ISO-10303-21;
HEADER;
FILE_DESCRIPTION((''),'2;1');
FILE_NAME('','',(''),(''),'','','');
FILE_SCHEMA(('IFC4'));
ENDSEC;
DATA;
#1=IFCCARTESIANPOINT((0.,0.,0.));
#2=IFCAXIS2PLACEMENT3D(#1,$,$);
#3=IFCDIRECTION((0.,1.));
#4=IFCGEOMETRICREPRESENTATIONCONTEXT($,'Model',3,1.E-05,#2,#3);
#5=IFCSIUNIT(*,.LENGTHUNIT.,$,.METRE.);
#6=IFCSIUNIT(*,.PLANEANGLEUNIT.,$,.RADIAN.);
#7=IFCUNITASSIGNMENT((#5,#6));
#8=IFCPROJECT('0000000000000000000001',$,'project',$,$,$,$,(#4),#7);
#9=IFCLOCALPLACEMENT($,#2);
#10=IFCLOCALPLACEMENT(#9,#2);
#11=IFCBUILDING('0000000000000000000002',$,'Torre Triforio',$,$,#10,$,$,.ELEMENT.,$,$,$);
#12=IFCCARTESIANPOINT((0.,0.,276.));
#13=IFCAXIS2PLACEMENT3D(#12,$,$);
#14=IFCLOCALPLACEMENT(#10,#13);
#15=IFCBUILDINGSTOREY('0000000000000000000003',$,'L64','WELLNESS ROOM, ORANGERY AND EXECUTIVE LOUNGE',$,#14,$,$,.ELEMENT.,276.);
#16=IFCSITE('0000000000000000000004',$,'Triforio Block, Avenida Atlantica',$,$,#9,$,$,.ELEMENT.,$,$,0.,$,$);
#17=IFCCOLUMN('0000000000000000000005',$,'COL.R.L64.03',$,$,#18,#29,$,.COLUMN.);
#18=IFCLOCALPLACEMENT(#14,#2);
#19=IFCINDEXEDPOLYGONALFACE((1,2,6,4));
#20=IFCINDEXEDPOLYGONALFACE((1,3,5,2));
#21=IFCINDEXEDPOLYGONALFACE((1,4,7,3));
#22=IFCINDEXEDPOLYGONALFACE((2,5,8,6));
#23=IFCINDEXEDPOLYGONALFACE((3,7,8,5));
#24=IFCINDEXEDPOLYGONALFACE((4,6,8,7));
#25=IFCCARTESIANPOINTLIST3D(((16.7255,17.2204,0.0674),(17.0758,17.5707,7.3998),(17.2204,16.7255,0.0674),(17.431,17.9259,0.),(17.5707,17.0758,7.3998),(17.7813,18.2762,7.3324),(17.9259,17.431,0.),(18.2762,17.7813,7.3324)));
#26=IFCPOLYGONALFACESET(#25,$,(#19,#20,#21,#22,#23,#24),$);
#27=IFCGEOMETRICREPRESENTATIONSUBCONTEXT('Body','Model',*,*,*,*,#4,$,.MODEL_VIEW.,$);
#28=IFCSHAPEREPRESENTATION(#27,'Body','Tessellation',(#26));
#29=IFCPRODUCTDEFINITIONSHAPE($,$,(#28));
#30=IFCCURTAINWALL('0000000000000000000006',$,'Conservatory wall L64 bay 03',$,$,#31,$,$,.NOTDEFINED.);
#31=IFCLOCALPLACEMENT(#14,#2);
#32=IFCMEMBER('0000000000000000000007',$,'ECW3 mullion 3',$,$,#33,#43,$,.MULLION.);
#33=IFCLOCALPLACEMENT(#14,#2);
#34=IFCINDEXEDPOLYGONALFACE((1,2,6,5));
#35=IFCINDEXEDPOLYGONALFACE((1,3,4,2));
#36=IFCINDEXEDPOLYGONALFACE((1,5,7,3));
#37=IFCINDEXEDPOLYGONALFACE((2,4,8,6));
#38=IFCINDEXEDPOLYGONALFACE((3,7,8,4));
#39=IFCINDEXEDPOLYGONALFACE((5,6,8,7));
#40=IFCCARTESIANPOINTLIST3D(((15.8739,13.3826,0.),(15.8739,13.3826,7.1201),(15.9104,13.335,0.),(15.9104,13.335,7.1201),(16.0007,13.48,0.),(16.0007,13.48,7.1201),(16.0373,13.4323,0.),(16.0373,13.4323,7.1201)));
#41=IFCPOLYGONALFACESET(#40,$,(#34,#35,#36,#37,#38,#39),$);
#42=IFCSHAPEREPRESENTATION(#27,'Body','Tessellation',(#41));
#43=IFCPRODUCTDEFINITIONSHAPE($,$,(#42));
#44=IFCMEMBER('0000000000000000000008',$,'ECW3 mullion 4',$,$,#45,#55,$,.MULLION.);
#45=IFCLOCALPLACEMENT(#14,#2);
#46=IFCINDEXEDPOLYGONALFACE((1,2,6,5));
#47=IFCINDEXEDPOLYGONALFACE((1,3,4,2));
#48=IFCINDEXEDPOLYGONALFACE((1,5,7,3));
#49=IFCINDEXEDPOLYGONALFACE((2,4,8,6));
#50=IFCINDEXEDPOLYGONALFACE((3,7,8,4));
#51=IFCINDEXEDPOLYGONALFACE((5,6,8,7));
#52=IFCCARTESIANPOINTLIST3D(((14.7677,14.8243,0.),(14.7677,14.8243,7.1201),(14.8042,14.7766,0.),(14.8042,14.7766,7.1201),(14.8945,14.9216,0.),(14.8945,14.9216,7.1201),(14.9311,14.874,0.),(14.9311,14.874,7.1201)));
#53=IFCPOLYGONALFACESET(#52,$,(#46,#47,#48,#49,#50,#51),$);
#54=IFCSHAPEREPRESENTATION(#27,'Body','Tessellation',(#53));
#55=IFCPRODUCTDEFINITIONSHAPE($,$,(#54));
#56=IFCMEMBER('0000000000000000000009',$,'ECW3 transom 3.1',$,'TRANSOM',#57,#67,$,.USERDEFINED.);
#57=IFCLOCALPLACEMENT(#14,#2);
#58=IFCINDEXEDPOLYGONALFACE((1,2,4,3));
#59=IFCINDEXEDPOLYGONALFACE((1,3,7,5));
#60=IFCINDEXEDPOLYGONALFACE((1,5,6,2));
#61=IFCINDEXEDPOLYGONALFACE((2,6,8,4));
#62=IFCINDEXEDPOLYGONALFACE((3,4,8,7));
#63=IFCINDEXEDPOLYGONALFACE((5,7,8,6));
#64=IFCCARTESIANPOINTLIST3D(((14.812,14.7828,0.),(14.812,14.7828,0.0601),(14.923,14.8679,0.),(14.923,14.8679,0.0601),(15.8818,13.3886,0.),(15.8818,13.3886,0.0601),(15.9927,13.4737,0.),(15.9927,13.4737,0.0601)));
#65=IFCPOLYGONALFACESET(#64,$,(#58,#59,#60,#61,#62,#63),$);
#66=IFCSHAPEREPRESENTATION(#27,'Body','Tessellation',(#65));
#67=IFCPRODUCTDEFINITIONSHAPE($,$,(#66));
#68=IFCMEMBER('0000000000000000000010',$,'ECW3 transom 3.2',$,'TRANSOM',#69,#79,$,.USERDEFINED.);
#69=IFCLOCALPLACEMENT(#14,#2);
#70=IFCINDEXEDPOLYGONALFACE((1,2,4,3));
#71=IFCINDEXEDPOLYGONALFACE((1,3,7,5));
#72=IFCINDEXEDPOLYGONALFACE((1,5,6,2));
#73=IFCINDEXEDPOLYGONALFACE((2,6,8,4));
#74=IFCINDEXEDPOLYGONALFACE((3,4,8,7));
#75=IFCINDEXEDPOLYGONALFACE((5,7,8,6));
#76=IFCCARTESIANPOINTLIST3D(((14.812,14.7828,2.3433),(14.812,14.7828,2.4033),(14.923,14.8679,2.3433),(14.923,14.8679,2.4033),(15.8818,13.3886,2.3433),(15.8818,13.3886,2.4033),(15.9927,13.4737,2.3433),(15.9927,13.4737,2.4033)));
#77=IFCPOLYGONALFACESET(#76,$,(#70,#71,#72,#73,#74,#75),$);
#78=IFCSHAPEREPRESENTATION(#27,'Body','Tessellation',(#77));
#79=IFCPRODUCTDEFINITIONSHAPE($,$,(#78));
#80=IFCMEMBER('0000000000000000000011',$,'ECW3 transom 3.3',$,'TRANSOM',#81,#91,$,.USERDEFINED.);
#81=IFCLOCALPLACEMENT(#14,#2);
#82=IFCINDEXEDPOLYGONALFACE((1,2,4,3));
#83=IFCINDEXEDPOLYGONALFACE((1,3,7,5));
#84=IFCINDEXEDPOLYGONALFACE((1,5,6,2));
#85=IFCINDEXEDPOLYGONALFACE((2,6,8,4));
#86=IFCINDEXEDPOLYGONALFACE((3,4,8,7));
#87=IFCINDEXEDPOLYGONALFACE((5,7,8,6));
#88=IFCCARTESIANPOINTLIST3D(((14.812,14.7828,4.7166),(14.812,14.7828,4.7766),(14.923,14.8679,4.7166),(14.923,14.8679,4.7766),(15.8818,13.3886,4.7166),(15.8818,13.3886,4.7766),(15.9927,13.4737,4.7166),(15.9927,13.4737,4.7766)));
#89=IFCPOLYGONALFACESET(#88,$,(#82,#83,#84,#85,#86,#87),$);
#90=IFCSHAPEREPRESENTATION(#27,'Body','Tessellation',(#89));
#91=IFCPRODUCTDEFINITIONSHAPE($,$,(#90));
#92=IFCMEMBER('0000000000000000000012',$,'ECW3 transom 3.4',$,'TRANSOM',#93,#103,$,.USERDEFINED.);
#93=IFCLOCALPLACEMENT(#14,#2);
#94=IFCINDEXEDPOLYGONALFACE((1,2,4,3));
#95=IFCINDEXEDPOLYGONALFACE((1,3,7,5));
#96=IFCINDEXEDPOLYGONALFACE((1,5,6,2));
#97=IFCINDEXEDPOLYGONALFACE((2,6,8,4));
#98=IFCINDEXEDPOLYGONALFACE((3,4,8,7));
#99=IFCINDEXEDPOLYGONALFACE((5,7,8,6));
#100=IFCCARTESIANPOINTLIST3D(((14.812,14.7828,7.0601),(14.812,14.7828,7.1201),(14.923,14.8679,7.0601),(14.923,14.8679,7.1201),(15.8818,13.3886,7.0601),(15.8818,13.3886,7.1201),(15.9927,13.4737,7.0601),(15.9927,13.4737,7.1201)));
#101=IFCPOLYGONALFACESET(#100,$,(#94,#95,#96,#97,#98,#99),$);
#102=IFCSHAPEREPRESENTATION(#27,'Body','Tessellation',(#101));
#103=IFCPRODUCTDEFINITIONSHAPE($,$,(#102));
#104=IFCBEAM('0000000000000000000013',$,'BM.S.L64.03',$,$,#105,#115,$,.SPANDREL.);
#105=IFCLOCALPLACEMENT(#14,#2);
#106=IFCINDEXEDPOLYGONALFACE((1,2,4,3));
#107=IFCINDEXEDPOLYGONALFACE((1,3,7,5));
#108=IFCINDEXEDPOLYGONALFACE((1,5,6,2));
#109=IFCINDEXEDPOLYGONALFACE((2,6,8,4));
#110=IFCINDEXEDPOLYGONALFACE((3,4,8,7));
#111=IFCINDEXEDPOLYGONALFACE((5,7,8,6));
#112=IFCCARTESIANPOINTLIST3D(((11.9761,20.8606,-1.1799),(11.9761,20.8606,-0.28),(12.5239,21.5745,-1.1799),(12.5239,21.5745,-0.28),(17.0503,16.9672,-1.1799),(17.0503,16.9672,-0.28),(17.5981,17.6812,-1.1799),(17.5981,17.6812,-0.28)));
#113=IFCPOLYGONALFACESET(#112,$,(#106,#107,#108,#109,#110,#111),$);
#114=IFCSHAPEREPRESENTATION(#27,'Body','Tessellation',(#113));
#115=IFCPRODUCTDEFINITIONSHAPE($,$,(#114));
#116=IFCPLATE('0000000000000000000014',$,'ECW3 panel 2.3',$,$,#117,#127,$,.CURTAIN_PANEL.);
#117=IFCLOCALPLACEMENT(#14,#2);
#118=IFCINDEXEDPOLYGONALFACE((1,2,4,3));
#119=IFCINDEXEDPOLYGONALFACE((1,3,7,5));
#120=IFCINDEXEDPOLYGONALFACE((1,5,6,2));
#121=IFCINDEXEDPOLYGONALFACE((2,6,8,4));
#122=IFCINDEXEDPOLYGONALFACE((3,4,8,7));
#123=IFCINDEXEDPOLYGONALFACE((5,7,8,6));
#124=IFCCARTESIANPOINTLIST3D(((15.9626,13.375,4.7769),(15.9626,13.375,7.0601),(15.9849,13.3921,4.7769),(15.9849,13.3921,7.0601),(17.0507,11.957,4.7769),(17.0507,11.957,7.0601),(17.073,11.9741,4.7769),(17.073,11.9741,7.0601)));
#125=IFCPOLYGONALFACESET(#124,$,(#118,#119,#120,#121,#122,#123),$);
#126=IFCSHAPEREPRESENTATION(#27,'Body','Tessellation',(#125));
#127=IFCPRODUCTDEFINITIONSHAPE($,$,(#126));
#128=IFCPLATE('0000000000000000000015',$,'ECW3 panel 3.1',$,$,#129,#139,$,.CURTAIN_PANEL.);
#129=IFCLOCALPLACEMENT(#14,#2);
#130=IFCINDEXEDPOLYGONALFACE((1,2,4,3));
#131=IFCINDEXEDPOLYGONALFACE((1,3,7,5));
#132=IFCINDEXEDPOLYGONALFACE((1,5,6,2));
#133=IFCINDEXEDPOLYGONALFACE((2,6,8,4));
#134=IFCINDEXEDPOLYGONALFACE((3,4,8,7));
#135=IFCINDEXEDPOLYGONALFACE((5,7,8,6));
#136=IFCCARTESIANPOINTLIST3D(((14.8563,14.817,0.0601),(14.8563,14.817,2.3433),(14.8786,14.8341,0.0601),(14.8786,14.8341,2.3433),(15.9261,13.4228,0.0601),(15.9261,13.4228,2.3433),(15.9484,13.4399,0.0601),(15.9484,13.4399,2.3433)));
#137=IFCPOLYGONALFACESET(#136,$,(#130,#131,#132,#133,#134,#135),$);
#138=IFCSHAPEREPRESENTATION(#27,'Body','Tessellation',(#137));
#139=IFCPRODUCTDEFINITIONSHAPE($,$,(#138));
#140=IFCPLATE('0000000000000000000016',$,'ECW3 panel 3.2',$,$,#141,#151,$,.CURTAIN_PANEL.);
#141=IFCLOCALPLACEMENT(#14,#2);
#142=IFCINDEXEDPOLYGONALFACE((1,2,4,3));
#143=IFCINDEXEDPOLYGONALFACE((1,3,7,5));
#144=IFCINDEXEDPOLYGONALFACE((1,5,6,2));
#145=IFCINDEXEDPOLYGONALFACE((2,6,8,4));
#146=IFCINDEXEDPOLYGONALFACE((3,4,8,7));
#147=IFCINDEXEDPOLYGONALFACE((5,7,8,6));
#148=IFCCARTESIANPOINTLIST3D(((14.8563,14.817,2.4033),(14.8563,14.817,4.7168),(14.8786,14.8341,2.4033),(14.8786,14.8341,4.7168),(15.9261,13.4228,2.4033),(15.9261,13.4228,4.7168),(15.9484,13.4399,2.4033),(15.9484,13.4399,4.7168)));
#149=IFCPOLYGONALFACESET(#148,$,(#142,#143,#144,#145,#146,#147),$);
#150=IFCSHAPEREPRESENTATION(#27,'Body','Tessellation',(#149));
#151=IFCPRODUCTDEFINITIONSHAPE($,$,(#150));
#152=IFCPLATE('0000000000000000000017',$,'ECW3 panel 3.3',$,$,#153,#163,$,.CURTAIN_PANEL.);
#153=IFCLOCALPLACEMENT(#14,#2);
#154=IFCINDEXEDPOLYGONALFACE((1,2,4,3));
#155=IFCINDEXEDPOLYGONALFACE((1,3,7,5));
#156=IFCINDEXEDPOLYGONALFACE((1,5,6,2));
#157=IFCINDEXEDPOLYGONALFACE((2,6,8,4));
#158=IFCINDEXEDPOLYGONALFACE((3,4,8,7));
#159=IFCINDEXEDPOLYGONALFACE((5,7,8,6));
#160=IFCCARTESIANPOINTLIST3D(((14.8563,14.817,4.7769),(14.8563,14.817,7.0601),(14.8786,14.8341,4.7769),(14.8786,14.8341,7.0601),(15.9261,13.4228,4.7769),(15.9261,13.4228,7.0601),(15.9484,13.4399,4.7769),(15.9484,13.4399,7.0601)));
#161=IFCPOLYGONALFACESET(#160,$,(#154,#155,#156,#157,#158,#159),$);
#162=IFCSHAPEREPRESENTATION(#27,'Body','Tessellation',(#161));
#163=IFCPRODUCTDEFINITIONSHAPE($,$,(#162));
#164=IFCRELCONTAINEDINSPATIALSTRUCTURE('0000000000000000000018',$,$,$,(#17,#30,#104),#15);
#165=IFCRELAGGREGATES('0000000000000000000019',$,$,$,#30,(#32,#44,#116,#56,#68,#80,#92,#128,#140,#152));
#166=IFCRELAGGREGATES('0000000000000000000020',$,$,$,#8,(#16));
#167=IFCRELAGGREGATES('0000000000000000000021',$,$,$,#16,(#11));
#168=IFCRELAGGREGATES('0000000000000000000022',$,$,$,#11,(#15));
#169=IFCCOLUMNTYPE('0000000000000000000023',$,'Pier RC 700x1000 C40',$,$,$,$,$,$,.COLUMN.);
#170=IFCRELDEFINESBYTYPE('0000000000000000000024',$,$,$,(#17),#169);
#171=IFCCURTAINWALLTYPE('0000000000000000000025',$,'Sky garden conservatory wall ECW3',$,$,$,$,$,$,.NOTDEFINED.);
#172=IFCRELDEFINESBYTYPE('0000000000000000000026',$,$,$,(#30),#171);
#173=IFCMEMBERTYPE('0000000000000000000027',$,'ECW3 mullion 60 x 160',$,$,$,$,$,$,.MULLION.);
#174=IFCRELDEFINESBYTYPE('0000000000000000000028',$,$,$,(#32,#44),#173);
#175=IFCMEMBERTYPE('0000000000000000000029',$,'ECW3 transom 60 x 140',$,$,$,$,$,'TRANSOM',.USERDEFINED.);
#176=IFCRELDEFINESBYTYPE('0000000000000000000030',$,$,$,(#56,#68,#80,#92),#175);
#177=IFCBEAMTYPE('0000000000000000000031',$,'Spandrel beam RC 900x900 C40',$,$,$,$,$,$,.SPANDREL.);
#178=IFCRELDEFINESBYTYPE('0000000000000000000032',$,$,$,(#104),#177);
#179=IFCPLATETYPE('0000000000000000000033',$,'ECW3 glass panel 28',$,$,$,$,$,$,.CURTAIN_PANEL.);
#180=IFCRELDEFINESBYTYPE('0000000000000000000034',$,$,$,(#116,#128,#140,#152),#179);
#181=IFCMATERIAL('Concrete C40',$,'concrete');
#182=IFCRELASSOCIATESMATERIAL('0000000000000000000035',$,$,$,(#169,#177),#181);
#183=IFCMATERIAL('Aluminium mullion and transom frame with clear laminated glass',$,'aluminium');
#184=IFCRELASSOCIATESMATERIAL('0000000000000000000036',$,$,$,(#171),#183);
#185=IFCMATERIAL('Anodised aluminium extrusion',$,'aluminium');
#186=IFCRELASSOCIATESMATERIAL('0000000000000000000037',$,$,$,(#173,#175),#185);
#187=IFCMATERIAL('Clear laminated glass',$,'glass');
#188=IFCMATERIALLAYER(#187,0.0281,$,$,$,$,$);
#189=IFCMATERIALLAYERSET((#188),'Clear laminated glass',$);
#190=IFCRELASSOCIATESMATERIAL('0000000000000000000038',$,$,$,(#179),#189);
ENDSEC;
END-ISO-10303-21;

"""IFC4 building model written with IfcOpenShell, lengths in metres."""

from ifc_helpers import new_model, si_unit, direction, frame, origin, origin_2d, place, context, subcontext, project, spatial, rectangle, extrude, material, layer, layer_set, material_profile, profile_set, type_object, element, aggregate, save


model = new_model("IFC4")

# Units and contexts
model_context = context("Model", 3, precision=1e-05, world=origin(), true_north=direction((0.0, 1.0)))
body_context = subcontext(model_context, "Body", "Model", "MODEL_VIEW")
ifc_project = project(units=[si_unit("LENGTHUNIT", "METRE"), si_unit("PLANEANGLEUNIT", "RADIAN")], contexts=[model_context])

# Site, building, storey
site_placement = place(None, origin())
site = spatial("IfcSite", under=ifc_project, at=site_placement, Name="Triforio Block, Avenida Atlantica", CompositionType="ELEMENT", RefElevation=0.0)
building_placement = place(site_placement, origin())
building = spatial("IfcBuilding", under=site, at=building_placement, Name="Torre Triforio", CompositionType="ELEMENT")
storey_placement = place(building_placement, frame((0.0, 0.0, 276.0)))
storey = spatial("IfcBuildingStorey", under=building, at=storey_placement, Name="L64", Description="WELLNESS ROOM, ORANGERY AND EXECUTIVE LOUNGE", CompositionType="ELEMENT", Elevation=276.0)

# Column
ifc_material_1 = material(Name="Concrete C40", Category="concrete")
ifc_material_profile_1 = material_profile(ifc_material_1, rectangle(XDim=0.7, YDim=1.0, at=origin_2d()), Name="RC 700x1000")
ifc_profile_set_1 = profile_set([ifc_material_profile_1], Name="Concrete C40")
column_type = type_object("IfcColumnType", Name="Pier RC 700x1000 C40", PredefinedType="COLUMN", material=ifc_profile_set_1)
column_placement = place(storey_placement, frame((17.3257, 17.3257, 0.0337), z_axis=(0.04767, 0.04767, 0.997725), x_axis=(-0.707107, 0.707107, 0.0)))
element("IfcColumn", 1, at=column_placement, inside=storey, type_object=column_type, Name="COL.R.L64.03", PredefinedType="COLUMN", context=body_context, shape_type="SweptSolid", body=[
    extrude(rectangle(XDim=0.7, YDim=1.0, at=origin_2d()), origin(), (0.0, 0.0, 1.0), 7.3491),
])

# Curtain wall, members
ifc_material_2 = material(Name="Aluminium mullion and transom frame with clear laminated glass", Category="aluminium")
curtain_wall_type = type_object("IfcCurtainWallType", Name="Sky garden conservatory wall ECW3", PredefinedType="NOTDEFINED", material=ifc_material_2)
curtain_wall_placement = place(storey_placement, origin())
curtain_wall = element("IfcCurtainWall", 2, at=curtain_wall_placement, inside=storey, type_object=curtain_wall_type, Name="Conservatory wall L64 bay 03", PredefinedType="NOTDEFINED")
ifc_material_3 = material(Name="Anodised aluminium extrusion", Category="aluminium")
ifc_material_profile_2 = material_profile(ifc_material_3, rectangle(XDim=0.1599, YDim=0.0601, at=origin_2d()), Name="ECW3 MULLION 60x160")
ifc_profile_set_2 = profile_set([ifc_material_profile_2], Name="Anodised aluminium extrusion")
member_type_1 = type_object("IfcMemberType", Name="ECW3 mullion 60 x 160", PredefinedType="MULLION", material=ifc_profile_set_2)
member_1_placement = place(storey_placement, frame((15.9556, 13.4075, 0.0), z_axis=(0.0, 0.0, 1.0), x_axis=(-0.793352, -0.608763, 0.0)))
member_1 = element("IfcMember", 3, at=member_1_placement, type_object=member_type_1, Name="ECW3 mullion 3", PredefinedType="MULLION", context=body_context, shape_type="SweptSolid", body=[
    extrude(rectangle(XDim=0.1599, YDim=0.0601, at=origin_2d()), origin(), (0.0, 0.0, 1.0), 7.1201),
])
member_2_placement = place(storey_placement, frame((14.8494, 14.8491, 0.0), z_axis=(0.0, 0.0, 1.0), x_axis=(-0.793352, -0.608763, 0.0)))
member_2 = element("IfcMember", 4, at=member_2_placement, type_object=member_type_1, Name="ECW3 mullion 4", PredefinedType="MULLION", context=body_context, shape_type="SweptSolid", body=[
    extrude(rectangle(XDim=0.1599, YDim=0.0601, at=origin_2d()), origin(), (0.0, 0.0, 1.0), 7.1201),
])
ifc_material_profile_3 = material_profile(ifc_material_3, rectangle(XDim=0.1399, YDim=0.0601, at=origin_2d()), Name="ECW3 TRANSOM 60x140")
ifc_profile_set_3 = profile_set([ifc_material_profile_3], Name="Anodised aluminium extrusion")
member_type_2 = type_object("IfcMemberType", Name="ECW3 transom 60 x 140", ElementType="TRANSOM", PredefinedType="USERDEFINED", material=ifc_profile_set_3)
member_3_placement = place(storey_placement, frame((15.9373, 13.4312, 0.03), z_axis=(-0.608744, 0.793367, 0.0), x_axis=(-0.793367, -0.608744, 0.0)))
member_3 = element("IfcMember", 5, at=member_3_placement, type_object=member_type_2, Name="ECW3 transom 3.1", ObjectType="TRANSOM", PredefinedType="USERDEFINED", context=body_context, shape_type="SweptSolid", body=[
    extrude(rectangle(XDim=0.1399, YDim=0.0601, at=origin_2d()), origin(), (0.0, 0.0, 1.0), 1.7573),
])
member_4_placement = place(storey_placement, frame((15.9373, 13.4312, 2.3733), z_axis=(-0.608744, 0.793367, 0.0), x_axis=(-0.793367, -0.608744, 0.0)))
member_4 = element("IfcMember", 6, at=member_4_placement, type_object=member_type_2, Name="ECW3 transom 3.2", ObjectType="TRANSOM", PredefinedType="USERDEFINED", context=body_context, shape_type="SweptSolid", body=[
    extrude(rectangle(XDim=0.1399, YDim=0.0601, at=origin_2d()), origin(), (0.0, 0.0, 1.0), 1.7573),
])
member_5_placement = place(storey_placement, frame((15.9373, 13.4312, 4.7466), z_axis=(-0.608744, 0.793367, 0.0), x_axis=(-0.793367, -0.608744, 0.0)))
member_5 = element("IfcMember", 7, at=member_5_placement, type_object=member_type_2, Name="ECW3 transom 3.3", ObjectType="TRANSOM", PredefinedType="USERDEFINED", context=body_context, shape_type="SweptSolid", body=[
    extrude(rectangle(XDim=0.1399, YDim=0.0601, at=origin_2d()), origin(), (0.0, 0.0, 1.0), 1.7573),
])
member_6_placement = place(storey_placement, frame((15.9373, 13.4312, 7.0901), z_axis=(-0.608744, 0.793367, 0.0), x_axis=(-0.793367, -0.608744, 0.0)))
member_6 = element("IfcMember", 8, at=member_6_placement, type_object=member_type_2, Name="ECW3 transom 3.4", ObjectType="TRANSOM", PredefinedType="USERDEFINED", context=body_context, shape_type="SweptSolid", body=[
    extrude(rectangle(XDim=0.1399, YDim=0.0601, at=origin_2d()), origin(), (0.0, 0.0, 1.0), 1.7573),
])

# Beam
ifc_material_profile_4 = material_profile(ifc_material_1, rectangle(XDim=0.8999, YDim=0.8999, at=origin_2d()), Name="RC 900x900")
ifc_profile_set_4 = profile_set([ifc_material_profile_4], Name="Concrete C40")
beam_type = type_object("IfcBeamType", Name="Spandrel beam RC 900x900 C40", PredefinedType="SPANDREL", material=ifc_profile_set_4)
beam_placement = place(storey_placement, frame((17.3242, 17.3242, -0.73), z_axis=(-0.793374, 0.608734, 0.0), x_axis=(-0.608734, -0.793374, 0.0)))
element("IfcBeam", 9, at=beam_placement, inside=storey, type_object=beam_type, Name="BM.S.L64.03", PredefinedType="SPANDREL", context=body_context, shape_type="SweptSolid", body=[
    extrude(rectangle(XDim=0.8999, YDim=0.8999, at=origin_2d()), origin(), (0.0, 0.0, 1.0), 6.3958),
])

# Plates
ifc_material_4 = material(Name="Clear laminated glass", Category="glass")
ifc_layer_1 = layer(ifc_material_4, 0.0281)
ifc_layer_set_1 = layer_set([ifc_layer_1], Name="Clear laminated glass")
plate_type = type_object("IfcPlateType", Name="ECW3 glass panel 28", PredefinedType="CURTAIN_PANEL", material=ifc_layer_set_1)
plate_1_placement = place(storey_placement, frame((16.5178, 12.6746, 4.7769), z_axis=(0.0, 0.0, 1.0), x_axis=(-0.608763, 0.793352, 0.0)))
plate_1 = element("IfcPlate", 10, at=plate_1_placement, type_object=plate_type, Name="ECW3 panel 2.3", PredefinedType="CURTAIN_PANEL", context=body_context, shape_type="SweptSolid", body=[
    extrude(rectangle(XDim=1.7874, YDim=0.0281, at=origin_2d()), origin(), (0.0, 0.0, 1.0), 2.2832),
])
plate_2_placement = place(storey_placement, frame((15.4023, 14.1284, 0.0601), z_axis=(0.0, 0.0, 1.0), x_axis=(-0.608763, 0.793352, 0.0)))
plate_2 = element("IfcPlate", 11, at=plate_2_placement, type_object=plate_type, Name="ECW3 panel 3.1", PredefinedType="CURTAIN_PANEL", context=body_context, shape_type="SweptSolid", body=[
    extrude(rectangle(XDim=1.7573, YDim=0.0281, at=origin_2d()), origin(), (0.0, 0.0, 1.0), 2.2832),
])
plate_3_placement = place(storey_placement, frame((15.4023, 14.1284, 2.4033), z_axis=(0.0, 0.0, 1.0), x_axis=(-0.608763, 0.793352, 0.0)))
plate_3 = element("IfcPlate", 12, at=plate_3_placement, type_object=plate_type, Name="ECW3 panel 3.2", PredefinedType="CURTAIN_PANEL", context=body_context, shape_type="SweptSolid", body=[
    extrude(rectangle(XDim=1.7573, YDim=0.0281, at=origin_2d()), origin(), (0.0, 0.0, 1.0), 2.3135),
])
plate_4_placement = place(storey_placement, frame((15.4023, 14.1284, 4.7769), z_axis=(0.0, 0.0, 1.0), x_axis=(-0.608763, 0.793352, 0.0)))
plate_4 = element("IfcPlate", 13, at=plate_4_placement, type_object=plate_type, Name="ECW3 panel 3.3", PredefinedType="CURTAIN_PANEL", context=body_context, shape_type="SweptSolid", body=[
    extrude(rectangle(XDim=1.7573, YDim=0.0281, at=origin_2d()), origin(), (0.0, 0.0, 1.0), 2.2832),
])
aggregate(curtain_wall, [member_1, member_2, plate_1, member_3, member_4, member_5, member_6, plate_2, plate_3, plate_4])

save(model, "model.ifc")
